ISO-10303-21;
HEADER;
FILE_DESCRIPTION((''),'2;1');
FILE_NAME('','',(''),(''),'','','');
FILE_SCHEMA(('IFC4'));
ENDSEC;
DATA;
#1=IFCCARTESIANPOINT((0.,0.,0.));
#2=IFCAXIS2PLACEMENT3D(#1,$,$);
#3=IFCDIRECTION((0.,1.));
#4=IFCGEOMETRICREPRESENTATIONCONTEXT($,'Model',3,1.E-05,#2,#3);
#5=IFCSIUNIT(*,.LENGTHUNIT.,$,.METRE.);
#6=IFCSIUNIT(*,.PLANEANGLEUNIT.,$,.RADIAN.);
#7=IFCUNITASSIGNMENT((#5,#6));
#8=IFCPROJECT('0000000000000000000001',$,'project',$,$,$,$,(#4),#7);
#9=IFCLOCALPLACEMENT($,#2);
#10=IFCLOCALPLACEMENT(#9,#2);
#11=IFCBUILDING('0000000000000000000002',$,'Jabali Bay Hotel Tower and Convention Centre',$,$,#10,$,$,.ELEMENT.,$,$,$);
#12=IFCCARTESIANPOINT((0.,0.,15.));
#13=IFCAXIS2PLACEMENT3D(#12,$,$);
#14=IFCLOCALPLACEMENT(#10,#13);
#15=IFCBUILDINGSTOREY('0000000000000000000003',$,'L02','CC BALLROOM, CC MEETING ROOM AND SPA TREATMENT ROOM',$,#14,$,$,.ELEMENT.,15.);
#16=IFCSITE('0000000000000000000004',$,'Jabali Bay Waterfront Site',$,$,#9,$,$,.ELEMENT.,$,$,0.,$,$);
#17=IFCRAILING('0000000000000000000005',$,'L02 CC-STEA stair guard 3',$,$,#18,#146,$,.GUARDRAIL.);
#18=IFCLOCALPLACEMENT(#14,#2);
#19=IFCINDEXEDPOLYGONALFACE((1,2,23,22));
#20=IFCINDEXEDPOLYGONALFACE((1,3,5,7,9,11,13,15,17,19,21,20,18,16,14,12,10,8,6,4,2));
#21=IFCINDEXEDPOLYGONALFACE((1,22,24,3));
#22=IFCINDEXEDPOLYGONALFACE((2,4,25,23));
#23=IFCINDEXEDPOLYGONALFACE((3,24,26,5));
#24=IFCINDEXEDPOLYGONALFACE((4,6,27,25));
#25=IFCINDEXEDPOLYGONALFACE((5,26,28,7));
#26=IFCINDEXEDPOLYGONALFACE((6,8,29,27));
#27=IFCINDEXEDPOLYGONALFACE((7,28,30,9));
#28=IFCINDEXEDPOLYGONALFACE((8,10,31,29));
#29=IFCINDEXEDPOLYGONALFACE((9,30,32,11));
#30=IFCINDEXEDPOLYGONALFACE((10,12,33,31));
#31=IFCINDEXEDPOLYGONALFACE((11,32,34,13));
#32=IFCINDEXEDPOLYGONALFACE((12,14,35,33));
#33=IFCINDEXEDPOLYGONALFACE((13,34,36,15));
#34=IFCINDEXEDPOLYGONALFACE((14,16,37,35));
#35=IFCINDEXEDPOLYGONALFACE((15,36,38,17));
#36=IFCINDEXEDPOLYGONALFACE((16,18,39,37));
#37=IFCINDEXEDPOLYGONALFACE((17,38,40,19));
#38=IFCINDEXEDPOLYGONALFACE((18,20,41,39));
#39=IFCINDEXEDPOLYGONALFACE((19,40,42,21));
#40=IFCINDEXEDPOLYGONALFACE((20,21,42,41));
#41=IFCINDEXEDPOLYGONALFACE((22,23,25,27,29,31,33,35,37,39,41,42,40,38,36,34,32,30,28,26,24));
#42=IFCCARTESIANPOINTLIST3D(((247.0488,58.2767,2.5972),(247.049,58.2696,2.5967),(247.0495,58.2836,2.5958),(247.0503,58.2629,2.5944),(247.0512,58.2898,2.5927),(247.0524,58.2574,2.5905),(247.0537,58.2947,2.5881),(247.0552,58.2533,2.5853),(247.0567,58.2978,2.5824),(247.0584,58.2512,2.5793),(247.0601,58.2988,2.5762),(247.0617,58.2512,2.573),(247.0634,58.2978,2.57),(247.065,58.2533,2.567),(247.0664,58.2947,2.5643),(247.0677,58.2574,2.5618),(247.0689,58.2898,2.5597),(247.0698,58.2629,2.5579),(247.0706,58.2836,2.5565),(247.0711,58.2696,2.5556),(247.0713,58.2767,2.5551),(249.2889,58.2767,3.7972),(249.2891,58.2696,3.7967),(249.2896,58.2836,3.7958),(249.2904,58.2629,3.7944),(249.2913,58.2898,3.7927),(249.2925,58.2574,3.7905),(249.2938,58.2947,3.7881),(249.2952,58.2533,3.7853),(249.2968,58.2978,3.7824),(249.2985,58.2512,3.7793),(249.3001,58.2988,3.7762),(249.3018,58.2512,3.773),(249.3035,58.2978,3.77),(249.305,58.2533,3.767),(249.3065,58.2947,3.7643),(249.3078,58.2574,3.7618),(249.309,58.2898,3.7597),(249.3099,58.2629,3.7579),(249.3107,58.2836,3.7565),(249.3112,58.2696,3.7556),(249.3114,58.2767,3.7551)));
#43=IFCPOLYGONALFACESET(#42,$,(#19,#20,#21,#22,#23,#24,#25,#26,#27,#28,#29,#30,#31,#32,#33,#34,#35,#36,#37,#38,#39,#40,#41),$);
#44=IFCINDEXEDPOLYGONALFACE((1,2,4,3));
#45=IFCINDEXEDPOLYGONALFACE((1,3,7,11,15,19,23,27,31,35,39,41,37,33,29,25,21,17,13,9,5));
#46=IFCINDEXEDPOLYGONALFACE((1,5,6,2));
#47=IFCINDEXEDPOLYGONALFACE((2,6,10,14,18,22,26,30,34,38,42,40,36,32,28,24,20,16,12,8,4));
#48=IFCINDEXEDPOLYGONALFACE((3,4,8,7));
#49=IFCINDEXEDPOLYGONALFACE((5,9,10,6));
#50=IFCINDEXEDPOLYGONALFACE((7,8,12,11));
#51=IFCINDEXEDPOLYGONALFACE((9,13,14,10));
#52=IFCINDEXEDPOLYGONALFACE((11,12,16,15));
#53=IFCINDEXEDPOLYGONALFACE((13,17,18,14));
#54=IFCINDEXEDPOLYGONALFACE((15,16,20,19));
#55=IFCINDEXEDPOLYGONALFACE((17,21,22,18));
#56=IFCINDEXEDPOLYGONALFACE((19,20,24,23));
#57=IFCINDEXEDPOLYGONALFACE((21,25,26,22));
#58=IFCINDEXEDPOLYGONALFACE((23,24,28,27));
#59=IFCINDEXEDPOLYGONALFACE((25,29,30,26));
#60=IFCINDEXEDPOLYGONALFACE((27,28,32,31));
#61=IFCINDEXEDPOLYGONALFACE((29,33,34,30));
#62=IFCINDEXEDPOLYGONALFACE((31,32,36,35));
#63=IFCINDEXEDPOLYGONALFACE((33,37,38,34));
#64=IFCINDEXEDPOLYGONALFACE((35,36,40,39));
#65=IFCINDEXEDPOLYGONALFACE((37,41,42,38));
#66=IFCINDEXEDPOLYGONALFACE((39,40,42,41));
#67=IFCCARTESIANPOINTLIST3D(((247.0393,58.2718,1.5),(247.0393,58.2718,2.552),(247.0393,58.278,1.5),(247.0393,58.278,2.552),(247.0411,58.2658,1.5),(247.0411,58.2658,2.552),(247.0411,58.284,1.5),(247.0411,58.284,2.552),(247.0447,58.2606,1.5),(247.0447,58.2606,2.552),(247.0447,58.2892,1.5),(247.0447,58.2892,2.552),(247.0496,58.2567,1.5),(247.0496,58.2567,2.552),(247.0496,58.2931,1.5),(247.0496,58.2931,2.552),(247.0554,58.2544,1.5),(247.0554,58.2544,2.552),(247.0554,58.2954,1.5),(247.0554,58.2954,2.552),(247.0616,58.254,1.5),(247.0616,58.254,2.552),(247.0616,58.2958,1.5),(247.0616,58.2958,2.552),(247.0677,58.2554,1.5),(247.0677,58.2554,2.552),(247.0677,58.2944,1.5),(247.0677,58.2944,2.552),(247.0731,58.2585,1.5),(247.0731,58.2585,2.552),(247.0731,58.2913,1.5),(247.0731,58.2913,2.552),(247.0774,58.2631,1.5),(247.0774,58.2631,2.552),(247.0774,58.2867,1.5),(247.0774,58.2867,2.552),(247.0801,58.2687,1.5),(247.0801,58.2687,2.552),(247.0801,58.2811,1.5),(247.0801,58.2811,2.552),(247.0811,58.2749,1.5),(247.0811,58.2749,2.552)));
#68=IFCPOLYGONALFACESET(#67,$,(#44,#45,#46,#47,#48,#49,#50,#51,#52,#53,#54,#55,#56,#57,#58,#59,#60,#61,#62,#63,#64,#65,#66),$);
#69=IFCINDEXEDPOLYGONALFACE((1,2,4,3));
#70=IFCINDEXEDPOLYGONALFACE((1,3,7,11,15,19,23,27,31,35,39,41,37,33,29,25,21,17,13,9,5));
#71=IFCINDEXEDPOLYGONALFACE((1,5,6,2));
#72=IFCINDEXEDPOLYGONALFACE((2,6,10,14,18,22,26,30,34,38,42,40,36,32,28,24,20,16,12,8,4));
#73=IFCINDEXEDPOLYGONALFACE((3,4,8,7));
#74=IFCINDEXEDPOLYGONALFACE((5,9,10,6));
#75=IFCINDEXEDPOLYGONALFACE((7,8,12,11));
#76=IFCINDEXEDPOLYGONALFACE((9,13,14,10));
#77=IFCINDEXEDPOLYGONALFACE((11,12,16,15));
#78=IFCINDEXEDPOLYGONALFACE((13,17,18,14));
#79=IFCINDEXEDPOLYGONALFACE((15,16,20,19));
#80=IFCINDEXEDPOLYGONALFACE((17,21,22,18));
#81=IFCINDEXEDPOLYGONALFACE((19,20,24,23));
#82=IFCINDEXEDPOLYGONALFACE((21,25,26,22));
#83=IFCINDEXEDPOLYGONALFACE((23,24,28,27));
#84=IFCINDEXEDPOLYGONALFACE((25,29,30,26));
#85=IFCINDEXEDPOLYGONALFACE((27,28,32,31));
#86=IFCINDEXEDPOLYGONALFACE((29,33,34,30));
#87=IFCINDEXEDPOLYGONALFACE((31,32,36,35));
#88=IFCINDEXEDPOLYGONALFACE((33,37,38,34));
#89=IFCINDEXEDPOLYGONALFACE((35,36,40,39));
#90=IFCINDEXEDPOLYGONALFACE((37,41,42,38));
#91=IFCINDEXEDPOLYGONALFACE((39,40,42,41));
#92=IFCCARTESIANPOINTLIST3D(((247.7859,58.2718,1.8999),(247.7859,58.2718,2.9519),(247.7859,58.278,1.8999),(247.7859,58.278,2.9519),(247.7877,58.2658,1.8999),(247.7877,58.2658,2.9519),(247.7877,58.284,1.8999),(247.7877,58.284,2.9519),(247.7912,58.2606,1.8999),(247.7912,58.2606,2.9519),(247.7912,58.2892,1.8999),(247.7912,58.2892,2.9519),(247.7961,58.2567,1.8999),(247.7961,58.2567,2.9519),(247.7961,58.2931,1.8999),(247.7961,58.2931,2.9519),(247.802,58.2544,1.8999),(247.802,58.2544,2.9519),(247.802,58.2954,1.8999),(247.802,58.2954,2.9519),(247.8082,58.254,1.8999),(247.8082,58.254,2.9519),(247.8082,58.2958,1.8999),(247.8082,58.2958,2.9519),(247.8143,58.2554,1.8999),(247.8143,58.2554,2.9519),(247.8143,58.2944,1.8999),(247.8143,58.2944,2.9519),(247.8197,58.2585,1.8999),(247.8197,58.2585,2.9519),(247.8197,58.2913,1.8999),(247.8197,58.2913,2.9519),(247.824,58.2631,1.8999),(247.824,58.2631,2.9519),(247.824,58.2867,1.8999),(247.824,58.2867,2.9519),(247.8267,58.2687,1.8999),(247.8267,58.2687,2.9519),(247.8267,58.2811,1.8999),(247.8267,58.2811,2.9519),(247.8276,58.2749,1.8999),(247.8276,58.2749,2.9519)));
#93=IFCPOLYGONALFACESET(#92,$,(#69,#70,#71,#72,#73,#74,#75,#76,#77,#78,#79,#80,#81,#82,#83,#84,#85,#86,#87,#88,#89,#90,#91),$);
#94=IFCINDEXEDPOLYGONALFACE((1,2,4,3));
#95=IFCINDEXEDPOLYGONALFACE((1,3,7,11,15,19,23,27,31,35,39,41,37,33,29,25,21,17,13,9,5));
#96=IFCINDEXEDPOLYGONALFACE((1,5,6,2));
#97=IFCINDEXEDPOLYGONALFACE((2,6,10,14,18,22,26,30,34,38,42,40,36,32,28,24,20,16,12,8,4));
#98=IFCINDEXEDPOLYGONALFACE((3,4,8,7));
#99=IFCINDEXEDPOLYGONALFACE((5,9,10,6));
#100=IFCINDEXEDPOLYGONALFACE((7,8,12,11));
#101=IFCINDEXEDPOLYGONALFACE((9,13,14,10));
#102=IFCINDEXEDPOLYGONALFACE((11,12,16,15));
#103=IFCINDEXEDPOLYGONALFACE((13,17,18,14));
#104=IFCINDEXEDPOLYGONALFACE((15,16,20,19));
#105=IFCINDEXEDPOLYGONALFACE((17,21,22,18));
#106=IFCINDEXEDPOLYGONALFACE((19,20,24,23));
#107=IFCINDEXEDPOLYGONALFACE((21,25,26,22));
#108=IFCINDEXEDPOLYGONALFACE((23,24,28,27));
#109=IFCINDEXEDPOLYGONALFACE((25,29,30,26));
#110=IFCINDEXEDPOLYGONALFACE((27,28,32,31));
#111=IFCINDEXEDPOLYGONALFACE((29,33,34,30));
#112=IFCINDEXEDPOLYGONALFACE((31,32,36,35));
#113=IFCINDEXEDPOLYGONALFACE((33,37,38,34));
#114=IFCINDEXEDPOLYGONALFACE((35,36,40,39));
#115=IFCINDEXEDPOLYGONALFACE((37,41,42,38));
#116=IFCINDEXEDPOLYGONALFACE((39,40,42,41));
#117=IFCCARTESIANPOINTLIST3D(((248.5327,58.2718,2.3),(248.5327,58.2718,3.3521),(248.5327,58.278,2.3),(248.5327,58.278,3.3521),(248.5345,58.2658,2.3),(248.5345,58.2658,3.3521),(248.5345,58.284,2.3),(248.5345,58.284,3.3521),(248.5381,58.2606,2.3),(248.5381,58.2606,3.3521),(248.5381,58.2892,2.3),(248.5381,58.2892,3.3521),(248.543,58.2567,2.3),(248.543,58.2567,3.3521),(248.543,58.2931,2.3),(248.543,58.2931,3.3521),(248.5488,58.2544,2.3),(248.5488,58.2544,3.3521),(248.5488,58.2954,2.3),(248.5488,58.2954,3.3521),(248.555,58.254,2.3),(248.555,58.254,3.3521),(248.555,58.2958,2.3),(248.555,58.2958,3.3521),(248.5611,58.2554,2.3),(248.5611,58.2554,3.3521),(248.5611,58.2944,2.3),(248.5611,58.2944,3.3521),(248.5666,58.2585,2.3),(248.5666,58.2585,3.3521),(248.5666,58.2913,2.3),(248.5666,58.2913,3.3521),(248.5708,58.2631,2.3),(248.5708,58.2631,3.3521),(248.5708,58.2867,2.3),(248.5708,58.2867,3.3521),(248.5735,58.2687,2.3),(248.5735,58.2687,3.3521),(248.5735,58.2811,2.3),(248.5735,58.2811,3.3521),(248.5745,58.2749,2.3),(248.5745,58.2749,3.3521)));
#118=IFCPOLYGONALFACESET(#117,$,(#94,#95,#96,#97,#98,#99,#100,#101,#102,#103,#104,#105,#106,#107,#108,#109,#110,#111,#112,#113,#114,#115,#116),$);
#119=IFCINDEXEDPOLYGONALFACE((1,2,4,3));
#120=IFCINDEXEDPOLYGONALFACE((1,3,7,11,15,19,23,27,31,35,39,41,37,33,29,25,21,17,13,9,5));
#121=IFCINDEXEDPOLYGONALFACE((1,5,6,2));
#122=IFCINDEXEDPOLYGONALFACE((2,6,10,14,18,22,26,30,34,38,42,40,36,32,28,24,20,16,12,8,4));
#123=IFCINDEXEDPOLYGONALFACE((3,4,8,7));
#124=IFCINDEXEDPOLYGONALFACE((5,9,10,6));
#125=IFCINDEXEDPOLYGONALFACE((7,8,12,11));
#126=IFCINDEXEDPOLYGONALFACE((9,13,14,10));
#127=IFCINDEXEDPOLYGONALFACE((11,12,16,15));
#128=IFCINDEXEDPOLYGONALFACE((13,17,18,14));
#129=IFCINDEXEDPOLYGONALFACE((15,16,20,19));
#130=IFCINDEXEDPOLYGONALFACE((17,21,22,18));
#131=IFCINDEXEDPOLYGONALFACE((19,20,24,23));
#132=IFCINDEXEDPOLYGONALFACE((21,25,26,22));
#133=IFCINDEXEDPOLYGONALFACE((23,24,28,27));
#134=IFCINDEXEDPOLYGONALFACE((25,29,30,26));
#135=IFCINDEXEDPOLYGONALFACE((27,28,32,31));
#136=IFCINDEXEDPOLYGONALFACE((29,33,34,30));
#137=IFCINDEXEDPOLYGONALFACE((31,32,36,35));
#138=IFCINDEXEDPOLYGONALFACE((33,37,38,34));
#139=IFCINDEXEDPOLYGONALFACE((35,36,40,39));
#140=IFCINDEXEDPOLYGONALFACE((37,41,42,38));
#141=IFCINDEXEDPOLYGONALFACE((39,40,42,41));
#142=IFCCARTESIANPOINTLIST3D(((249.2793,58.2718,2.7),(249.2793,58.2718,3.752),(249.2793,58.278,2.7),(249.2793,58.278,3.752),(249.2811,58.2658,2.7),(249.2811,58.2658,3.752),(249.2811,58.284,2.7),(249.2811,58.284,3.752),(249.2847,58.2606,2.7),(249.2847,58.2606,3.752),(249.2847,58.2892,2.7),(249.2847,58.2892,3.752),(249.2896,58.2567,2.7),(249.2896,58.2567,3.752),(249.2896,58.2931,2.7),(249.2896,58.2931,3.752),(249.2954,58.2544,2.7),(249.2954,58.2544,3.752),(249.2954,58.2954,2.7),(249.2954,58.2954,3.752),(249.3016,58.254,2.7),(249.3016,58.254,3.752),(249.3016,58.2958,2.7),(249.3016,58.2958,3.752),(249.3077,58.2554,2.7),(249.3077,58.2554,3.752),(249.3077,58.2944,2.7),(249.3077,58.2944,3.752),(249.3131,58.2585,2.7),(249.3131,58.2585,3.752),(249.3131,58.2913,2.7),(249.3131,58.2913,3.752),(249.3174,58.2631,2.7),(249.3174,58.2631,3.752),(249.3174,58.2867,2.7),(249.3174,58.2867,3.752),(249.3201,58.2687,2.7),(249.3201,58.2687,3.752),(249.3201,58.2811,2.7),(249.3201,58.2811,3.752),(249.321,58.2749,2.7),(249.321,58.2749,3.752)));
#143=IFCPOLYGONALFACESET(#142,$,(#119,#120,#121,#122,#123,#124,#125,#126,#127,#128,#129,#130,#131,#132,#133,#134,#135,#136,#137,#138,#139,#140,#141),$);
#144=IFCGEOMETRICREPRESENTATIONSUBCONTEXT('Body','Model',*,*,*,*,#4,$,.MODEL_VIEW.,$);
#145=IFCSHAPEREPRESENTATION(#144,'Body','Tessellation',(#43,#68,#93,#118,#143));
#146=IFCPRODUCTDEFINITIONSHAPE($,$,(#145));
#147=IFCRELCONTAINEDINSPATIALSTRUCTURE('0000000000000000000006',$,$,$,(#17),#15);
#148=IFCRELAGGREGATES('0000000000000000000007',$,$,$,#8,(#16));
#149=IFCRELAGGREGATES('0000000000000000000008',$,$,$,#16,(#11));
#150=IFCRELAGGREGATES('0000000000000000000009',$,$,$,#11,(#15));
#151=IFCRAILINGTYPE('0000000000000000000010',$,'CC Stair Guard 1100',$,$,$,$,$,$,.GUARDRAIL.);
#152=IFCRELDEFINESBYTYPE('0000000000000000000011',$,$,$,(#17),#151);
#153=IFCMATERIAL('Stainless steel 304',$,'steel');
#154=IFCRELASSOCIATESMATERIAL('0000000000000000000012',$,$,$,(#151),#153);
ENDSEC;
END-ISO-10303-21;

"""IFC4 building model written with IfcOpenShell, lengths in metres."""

from ifc_helpers import new_model, si_unit, direction, frame, origin, origin_2d, place, context, subcontext, project, spatial, circle, extrude, material, type_object, element, save


model = new_model("IFC4")

# Units and contexts
model_context = context("Model", 3, precision=1e-05, world=origin(), true_north=direction((0.0, 1.0)))
body_context = subcontext(model_context, "Body", "Model", "MODEL_VIEW")
ifc_project = project(units=[si_unit("LENGTHUNIT", "METRE"), si_unit("PLANEANGLEUNIT", "RADIAN")], contexts=[model_context])

# Site, building, storey
site_placement = place(None, origin())
site = spatial("IfcSite", under=ifc_project, at=site_placement, Name="Jabali Bay Waterfront Site", CompositionType="ELEMENT", RefElevation=0.0)
building_placement = place(site_placement, origin())
building = spatial("IfcBuilding", under=site, at=building_placement, Name="Jabali Bay Hotel Tower and Convention Centre", CompositionType="ELEMENT")
storey_placement = place(building_placement, frame((0.0, 0.0, 15.0)))
storey = spatial("IfcBuildingStorey", under=building, at=storey_placement, Name="L02", Description="CC BALLROOM, CC MEETING ROOM AND SPA TREATMENT ROOM", CompositionType="ELEMENT", Elevation=15.0)

# Railing
ifc_material_1 = material(Name="Stainless steel 304", Category="steel")
railing_type_1 = type_object("IfcRailingType", Name="CC Stair Guard 1100", PredefinedType="GUARDRAIL", material=ifc_material_1)
railing_1_placement = place(storey_placement, frame((247.0601, 58.2749, 1.5)))
element("IfcRailing", 1, at=railing_1_placement, inside=storey, type_object=railing_type_1, Name="L02 CC-STEA stair guard 3", PredefinedType="GUARDRAIL", context=body_context, shape_type="SweptSolid", body=[
    extrude(circle(Radius=0.0239, at=origin_2d()), frame((0.0, 0.0, 1.0762), z_axis=(0.881487, 0.0, 0.472208), x_axis=(0.0, 1.0, 0.0)), (0.0, 0.0, 1.0), 2.5413),
    extrude(circle(Radius=0.021, at=origin_2d()), origin(), (0.0, 0.0, 1.0), 1.052),
    extrude(circle(Radius=0.021, at=origin_2d()), frame((0.7466, 0.0, 0.3999)), (0.0, 0.0, 1.0), 1.052),
    extrude(circle(Radius=0.021, at=origin_2d()), frame((1.4934, 0.0, 0.8)), (0.0, 0.0, 1.0), 1.052),
    extrude(circle(Radius=0.021, at=origin_2d()), frame((2.24, 0.0, 1.2)), (0.0, 0.0, 1.0), 1.052),
])

save(model, "model.ifc")
